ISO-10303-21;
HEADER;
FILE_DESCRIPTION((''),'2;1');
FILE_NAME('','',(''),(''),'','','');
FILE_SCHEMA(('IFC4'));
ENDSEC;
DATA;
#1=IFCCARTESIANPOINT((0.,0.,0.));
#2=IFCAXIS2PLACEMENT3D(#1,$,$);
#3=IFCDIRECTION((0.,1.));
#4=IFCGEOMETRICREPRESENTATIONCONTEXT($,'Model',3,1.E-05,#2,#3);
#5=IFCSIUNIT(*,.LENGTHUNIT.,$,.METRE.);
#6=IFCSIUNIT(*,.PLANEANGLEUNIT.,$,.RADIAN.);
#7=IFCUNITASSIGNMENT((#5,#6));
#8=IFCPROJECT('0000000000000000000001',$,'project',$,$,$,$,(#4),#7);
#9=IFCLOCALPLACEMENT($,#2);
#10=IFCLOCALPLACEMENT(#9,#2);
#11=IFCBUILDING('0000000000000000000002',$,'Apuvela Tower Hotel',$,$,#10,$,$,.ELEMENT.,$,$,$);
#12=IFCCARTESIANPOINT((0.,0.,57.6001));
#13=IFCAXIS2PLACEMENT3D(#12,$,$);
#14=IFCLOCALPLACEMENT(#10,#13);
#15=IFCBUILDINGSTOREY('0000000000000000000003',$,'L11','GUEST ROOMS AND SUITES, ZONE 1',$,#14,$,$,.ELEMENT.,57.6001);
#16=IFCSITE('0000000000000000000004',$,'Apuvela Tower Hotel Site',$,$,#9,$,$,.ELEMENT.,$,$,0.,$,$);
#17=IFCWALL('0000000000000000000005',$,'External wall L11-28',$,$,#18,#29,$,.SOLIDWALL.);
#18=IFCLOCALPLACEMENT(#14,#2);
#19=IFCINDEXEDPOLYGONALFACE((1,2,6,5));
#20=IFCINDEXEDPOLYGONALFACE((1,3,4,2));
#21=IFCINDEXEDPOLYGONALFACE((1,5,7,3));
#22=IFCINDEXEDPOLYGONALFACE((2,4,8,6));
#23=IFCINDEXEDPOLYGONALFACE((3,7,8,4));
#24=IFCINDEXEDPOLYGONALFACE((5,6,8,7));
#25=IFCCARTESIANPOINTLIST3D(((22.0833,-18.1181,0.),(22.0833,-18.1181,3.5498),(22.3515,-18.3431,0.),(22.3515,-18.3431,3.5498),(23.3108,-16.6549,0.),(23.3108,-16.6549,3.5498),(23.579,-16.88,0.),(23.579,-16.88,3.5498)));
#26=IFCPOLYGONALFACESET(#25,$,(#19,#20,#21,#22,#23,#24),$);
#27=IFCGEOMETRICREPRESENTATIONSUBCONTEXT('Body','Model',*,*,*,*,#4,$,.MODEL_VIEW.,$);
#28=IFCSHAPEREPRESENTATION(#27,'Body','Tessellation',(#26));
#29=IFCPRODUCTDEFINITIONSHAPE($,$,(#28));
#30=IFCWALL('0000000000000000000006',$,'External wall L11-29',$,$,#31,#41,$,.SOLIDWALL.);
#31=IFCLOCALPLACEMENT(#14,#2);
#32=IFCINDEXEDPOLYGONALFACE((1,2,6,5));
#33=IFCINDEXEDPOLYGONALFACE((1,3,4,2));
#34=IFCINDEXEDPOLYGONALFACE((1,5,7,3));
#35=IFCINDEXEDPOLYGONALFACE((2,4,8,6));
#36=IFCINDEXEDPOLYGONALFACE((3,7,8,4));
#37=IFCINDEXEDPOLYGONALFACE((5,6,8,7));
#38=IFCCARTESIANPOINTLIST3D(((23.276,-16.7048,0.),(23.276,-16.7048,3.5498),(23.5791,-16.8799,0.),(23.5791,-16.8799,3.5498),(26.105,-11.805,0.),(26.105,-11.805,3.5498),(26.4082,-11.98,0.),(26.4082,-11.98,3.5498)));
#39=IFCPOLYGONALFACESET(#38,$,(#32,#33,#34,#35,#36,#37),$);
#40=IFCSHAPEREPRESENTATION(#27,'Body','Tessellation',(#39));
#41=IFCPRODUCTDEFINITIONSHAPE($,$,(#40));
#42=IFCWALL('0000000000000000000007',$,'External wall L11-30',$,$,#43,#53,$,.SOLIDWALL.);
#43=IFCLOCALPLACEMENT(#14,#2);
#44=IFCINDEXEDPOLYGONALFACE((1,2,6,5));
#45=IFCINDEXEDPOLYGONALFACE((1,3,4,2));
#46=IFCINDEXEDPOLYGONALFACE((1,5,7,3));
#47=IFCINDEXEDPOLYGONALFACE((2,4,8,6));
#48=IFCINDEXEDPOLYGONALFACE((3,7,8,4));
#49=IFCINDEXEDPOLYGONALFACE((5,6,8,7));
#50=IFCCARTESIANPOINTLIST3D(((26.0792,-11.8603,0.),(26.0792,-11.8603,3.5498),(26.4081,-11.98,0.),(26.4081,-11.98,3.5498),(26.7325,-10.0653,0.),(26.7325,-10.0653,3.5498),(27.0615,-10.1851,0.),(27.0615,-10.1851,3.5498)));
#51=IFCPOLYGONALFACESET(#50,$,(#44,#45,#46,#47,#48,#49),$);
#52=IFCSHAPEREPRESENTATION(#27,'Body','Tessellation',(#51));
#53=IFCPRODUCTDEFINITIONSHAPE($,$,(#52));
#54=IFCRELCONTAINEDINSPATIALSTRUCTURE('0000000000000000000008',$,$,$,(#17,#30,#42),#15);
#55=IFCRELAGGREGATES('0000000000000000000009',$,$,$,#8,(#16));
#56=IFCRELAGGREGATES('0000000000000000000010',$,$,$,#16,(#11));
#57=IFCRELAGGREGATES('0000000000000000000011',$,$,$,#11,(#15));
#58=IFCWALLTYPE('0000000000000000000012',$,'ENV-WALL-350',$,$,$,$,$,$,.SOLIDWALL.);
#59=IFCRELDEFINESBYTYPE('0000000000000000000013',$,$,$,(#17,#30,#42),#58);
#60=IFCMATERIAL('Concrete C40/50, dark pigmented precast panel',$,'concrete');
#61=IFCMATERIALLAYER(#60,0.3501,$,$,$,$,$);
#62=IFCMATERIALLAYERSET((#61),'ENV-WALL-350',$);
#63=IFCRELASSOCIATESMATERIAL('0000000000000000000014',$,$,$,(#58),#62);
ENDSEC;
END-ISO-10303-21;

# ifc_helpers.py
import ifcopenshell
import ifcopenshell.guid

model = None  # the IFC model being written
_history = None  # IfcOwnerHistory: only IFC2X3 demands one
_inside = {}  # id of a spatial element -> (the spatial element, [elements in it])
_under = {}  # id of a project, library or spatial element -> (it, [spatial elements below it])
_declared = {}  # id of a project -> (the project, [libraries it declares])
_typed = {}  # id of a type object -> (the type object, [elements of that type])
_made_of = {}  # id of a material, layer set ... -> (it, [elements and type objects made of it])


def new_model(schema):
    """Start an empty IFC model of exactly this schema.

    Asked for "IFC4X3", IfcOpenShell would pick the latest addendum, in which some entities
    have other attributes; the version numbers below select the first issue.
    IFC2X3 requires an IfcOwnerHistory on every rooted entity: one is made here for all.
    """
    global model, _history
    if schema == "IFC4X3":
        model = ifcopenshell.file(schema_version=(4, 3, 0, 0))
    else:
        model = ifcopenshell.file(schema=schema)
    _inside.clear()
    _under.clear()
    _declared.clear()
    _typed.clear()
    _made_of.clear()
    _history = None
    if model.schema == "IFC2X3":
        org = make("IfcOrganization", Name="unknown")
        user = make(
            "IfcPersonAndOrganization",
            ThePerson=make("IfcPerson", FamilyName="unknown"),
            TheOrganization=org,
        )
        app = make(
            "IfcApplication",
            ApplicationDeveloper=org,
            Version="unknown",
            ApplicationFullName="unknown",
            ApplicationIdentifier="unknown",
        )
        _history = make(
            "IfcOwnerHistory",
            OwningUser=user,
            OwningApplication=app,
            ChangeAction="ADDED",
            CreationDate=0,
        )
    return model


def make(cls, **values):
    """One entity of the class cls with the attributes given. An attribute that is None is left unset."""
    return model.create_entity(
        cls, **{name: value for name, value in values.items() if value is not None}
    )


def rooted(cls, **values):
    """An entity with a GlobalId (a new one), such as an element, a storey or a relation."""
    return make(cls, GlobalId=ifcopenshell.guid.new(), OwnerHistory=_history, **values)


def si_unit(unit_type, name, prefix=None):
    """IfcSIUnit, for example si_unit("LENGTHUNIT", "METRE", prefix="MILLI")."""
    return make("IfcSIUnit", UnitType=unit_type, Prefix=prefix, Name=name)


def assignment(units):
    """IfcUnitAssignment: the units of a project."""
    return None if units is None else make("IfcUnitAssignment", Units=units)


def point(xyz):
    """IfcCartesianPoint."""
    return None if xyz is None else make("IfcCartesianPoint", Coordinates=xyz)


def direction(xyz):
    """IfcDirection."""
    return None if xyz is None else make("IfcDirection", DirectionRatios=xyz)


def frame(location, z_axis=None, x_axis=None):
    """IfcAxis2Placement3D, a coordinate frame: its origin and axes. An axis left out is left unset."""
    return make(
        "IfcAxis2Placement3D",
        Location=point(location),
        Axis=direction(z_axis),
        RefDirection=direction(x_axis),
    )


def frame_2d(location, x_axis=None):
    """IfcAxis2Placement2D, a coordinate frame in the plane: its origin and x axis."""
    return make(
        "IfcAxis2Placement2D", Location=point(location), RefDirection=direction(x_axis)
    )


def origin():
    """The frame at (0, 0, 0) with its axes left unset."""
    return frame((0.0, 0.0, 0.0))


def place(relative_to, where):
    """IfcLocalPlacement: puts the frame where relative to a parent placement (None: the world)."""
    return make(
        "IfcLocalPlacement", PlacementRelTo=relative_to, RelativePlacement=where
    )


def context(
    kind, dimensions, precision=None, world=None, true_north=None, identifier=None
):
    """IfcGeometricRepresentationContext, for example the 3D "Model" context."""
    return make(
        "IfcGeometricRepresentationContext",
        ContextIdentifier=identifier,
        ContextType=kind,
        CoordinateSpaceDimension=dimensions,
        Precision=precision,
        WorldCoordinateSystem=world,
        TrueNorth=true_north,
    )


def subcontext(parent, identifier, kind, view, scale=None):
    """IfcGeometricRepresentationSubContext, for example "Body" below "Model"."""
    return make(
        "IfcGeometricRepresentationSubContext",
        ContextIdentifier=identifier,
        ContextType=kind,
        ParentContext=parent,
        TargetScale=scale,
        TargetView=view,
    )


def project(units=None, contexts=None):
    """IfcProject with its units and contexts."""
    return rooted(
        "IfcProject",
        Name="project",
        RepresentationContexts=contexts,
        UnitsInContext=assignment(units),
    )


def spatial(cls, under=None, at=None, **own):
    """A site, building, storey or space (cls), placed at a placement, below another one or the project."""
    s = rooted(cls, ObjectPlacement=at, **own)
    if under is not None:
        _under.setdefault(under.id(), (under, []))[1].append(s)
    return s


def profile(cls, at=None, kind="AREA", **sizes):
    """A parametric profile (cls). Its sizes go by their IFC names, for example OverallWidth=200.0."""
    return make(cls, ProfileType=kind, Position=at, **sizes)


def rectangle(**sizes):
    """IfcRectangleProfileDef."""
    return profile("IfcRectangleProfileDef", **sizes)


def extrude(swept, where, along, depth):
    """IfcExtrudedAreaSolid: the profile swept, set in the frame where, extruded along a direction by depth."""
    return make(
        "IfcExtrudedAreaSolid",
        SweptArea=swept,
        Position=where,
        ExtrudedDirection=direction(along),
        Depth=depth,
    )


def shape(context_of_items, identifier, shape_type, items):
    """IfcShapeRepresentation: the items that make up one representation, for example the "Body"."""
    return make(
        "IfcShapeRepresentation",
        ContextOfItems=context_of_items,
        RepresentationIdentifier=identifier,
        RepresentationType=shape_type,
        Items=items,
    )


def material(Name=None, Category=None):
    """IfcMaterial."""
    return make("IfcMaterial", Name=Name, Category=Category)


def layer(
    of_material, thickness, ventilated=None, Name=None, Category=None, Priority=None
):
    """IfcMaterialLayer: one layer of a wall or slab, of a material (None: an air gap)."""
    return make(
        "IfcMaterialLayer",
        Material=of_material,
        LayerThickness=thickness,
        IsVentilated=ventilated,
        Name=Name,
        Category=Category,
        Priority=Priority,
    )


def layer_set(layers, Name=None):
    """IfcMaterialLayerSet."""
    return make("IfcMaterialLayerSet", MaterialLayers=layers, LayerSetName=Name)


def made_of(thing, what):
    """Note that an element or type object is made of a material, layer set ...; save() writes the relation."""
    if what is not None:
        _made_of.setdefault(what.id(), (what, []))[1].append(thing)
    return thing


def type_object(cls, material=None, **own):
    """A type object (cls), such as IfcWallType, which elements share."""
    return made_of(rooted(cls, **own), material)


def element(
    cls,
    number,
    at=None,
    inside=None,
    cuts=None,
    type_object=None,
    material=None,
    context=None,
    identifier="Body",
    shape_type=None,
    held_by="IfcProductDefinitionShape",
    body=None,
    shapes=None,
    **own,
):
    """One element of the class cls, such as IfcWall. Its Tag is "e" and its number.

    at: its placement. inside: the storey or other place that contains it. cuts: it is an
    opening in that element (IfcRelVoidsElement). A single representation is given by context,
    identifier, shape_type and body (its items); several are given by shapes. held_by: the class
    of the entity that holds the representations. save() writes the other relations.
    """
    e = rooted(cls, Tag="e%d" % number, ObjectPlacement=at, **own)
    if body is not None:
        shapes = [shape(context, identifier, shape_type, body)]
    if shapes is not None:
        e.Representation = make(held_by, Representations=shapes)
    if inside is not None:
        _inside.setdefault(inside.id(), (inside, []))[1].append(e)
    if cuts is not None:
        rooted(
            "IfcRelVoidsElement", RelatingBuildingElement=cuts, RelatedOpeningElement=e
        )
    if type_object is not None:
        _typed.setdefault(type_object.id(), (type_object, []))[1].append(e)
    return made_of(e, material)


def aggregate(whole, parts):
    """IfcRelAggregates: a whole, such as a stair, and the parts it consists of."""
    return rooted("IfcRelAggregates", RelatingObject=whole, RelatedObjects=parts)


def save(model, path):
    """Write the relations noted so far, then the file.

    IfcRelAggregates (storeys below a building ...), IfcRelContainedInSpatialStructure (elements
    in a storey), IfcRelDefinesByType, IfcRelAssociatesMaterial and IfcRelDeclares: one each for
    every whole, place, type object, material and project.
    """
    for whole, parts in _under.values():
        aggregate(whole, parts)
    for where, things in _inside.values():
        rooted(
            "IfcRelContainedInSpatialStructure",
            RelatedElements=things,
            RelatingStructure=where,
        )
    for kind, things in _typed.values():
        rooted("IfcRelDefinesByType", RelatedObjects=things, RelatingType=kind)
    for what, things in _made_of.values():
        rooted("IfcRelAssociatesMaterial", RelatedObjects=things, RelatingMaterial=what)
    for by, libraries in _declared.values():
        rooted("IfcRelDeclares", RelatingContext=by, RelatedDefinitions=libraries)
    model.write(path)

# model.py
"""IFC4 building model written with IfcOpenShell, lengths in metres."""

from ifc_helpers import new_model, si_unit, direction, frame, frame_2d, origin, place, context, subcontext, project, spatial, rectangle, extrude, material, layer, layer_set, type_object, element, save


model = new_model("IFC4")

# Units and contexts
model_context = context("Model", 3, precision=1e-05, world=origin(), true_north=direction((0.0, 1.0)))
body_context = subcontext(model_context, "Body", "Model", "MODEL_VIEW")
ifc_project = project(units=[si_unit("LENGTHUNIT", "METRE"), si_unit("PLANEANGLEUNIT", "RADIAN")], contexts=[model_context])

# Site, building, storey
site_placement = place(None, origin())
site = spatial("IfcSite", under=ifc_project, at=site_placement, Name="Apuvela Tower Hotel Site", CompositionType="ELEMENT", RefElevation=0.0)
building_placement = place(site_placement, origin())
building = spatial("IfcBuilding", under=site, at=building_placement, Name="Apuvela Tower Hotel", CompositionType="ELEMENT")
storey_placement = place(building_placement, frame((0.0, 0.0, 57.6001)))
storey = spatial("IfcBuildingStorey", under=building, at=storey_placement, Name="L11", Description="GUEST ROOMS AND SUITES, ZONE 1", CompositionType="ELEMENT", Elevation=57.6001)

# Shared definitions
ifc_material_1 = material(Name="Concrete C40/50, dark pigmented precast panel", Category="concrete")
ifc_layer_1 = layer(ifc_material_1, 0.3501)
ifc_layer_set_1 = layer_set([ifc_layer_1], Name="ENV-WALL-350")
wall_type_1 = type_object("IfcWallType", Name="ENV-WALL-350", PredefinedType="SOLIDWALL", material=ifc_layer_set_1)

# Walls
for number, where, z_axis, x_axis, name in (
    (1, (22.2173, -18.2307, 0.0), (0.0, 0.0, 1.0), (0.642733, 0.76609, 0.0), "External wall L11-28"),
):
    element("IfcWall", number, at=place(storey_placement, frame(where, z_axis=z_axis, x_axis=x_axis)), inside=storey, type_object=wall_type_1, Name=name, PredefinedType="SOLIDWALL", context=body_context, shape_type="SweptSolid", body=[
        extrude(rectangle(XDim=1.9099, YDim=0.3501, at=frame_2d((0.9551, 0.0))), origin(), (0.0, 0.0, 1.0), 3.5498),
    ])
wall_1_placement = place(storey_placement, frame((23.4275, -16.7925, 0.0), z_axis=(0.0, 0.0, 1.0), x_axis=(0.500019, 0.866015, 0.0)))
element("IfcWall", 2, at=wall_1_placement, inside=storey, type_object=wall_type_1, Name="External wall L11-29", PredefinedType="SOLIDWALL", context=body_context, shape_type="SweptSolid", body=[
    extrude(rectangle(XDim=5.658, YDim=0.3501, at=frame_2d((2.8291, 0.0))), origin(), (0.0, 0.0, 1.0), 3.5498),
])
wall_2_placement = place(storey_placement, frame((26.2437, -11.9202, 0.0), z_axis=(0.0, 0.0, 1.0), x_axis=(0.34203, 0.939689, 0.0)))
element("IfcWall", 3, at=wall_2_placement, inside=storey, type_object=wall_type_1, Name="External wall L11-30", PredefinedType="SOLIDWALL", context=body_context, shape_type="SweptSolid", body=[
    extrude(rectangle(XDim=1.9102, YDim=0.3501, at=frame_2d((0.9551, 0.0))), origin(), (0.0, 0.0, 1.0), 3.5498),
])

save(model, "model.ifc")
